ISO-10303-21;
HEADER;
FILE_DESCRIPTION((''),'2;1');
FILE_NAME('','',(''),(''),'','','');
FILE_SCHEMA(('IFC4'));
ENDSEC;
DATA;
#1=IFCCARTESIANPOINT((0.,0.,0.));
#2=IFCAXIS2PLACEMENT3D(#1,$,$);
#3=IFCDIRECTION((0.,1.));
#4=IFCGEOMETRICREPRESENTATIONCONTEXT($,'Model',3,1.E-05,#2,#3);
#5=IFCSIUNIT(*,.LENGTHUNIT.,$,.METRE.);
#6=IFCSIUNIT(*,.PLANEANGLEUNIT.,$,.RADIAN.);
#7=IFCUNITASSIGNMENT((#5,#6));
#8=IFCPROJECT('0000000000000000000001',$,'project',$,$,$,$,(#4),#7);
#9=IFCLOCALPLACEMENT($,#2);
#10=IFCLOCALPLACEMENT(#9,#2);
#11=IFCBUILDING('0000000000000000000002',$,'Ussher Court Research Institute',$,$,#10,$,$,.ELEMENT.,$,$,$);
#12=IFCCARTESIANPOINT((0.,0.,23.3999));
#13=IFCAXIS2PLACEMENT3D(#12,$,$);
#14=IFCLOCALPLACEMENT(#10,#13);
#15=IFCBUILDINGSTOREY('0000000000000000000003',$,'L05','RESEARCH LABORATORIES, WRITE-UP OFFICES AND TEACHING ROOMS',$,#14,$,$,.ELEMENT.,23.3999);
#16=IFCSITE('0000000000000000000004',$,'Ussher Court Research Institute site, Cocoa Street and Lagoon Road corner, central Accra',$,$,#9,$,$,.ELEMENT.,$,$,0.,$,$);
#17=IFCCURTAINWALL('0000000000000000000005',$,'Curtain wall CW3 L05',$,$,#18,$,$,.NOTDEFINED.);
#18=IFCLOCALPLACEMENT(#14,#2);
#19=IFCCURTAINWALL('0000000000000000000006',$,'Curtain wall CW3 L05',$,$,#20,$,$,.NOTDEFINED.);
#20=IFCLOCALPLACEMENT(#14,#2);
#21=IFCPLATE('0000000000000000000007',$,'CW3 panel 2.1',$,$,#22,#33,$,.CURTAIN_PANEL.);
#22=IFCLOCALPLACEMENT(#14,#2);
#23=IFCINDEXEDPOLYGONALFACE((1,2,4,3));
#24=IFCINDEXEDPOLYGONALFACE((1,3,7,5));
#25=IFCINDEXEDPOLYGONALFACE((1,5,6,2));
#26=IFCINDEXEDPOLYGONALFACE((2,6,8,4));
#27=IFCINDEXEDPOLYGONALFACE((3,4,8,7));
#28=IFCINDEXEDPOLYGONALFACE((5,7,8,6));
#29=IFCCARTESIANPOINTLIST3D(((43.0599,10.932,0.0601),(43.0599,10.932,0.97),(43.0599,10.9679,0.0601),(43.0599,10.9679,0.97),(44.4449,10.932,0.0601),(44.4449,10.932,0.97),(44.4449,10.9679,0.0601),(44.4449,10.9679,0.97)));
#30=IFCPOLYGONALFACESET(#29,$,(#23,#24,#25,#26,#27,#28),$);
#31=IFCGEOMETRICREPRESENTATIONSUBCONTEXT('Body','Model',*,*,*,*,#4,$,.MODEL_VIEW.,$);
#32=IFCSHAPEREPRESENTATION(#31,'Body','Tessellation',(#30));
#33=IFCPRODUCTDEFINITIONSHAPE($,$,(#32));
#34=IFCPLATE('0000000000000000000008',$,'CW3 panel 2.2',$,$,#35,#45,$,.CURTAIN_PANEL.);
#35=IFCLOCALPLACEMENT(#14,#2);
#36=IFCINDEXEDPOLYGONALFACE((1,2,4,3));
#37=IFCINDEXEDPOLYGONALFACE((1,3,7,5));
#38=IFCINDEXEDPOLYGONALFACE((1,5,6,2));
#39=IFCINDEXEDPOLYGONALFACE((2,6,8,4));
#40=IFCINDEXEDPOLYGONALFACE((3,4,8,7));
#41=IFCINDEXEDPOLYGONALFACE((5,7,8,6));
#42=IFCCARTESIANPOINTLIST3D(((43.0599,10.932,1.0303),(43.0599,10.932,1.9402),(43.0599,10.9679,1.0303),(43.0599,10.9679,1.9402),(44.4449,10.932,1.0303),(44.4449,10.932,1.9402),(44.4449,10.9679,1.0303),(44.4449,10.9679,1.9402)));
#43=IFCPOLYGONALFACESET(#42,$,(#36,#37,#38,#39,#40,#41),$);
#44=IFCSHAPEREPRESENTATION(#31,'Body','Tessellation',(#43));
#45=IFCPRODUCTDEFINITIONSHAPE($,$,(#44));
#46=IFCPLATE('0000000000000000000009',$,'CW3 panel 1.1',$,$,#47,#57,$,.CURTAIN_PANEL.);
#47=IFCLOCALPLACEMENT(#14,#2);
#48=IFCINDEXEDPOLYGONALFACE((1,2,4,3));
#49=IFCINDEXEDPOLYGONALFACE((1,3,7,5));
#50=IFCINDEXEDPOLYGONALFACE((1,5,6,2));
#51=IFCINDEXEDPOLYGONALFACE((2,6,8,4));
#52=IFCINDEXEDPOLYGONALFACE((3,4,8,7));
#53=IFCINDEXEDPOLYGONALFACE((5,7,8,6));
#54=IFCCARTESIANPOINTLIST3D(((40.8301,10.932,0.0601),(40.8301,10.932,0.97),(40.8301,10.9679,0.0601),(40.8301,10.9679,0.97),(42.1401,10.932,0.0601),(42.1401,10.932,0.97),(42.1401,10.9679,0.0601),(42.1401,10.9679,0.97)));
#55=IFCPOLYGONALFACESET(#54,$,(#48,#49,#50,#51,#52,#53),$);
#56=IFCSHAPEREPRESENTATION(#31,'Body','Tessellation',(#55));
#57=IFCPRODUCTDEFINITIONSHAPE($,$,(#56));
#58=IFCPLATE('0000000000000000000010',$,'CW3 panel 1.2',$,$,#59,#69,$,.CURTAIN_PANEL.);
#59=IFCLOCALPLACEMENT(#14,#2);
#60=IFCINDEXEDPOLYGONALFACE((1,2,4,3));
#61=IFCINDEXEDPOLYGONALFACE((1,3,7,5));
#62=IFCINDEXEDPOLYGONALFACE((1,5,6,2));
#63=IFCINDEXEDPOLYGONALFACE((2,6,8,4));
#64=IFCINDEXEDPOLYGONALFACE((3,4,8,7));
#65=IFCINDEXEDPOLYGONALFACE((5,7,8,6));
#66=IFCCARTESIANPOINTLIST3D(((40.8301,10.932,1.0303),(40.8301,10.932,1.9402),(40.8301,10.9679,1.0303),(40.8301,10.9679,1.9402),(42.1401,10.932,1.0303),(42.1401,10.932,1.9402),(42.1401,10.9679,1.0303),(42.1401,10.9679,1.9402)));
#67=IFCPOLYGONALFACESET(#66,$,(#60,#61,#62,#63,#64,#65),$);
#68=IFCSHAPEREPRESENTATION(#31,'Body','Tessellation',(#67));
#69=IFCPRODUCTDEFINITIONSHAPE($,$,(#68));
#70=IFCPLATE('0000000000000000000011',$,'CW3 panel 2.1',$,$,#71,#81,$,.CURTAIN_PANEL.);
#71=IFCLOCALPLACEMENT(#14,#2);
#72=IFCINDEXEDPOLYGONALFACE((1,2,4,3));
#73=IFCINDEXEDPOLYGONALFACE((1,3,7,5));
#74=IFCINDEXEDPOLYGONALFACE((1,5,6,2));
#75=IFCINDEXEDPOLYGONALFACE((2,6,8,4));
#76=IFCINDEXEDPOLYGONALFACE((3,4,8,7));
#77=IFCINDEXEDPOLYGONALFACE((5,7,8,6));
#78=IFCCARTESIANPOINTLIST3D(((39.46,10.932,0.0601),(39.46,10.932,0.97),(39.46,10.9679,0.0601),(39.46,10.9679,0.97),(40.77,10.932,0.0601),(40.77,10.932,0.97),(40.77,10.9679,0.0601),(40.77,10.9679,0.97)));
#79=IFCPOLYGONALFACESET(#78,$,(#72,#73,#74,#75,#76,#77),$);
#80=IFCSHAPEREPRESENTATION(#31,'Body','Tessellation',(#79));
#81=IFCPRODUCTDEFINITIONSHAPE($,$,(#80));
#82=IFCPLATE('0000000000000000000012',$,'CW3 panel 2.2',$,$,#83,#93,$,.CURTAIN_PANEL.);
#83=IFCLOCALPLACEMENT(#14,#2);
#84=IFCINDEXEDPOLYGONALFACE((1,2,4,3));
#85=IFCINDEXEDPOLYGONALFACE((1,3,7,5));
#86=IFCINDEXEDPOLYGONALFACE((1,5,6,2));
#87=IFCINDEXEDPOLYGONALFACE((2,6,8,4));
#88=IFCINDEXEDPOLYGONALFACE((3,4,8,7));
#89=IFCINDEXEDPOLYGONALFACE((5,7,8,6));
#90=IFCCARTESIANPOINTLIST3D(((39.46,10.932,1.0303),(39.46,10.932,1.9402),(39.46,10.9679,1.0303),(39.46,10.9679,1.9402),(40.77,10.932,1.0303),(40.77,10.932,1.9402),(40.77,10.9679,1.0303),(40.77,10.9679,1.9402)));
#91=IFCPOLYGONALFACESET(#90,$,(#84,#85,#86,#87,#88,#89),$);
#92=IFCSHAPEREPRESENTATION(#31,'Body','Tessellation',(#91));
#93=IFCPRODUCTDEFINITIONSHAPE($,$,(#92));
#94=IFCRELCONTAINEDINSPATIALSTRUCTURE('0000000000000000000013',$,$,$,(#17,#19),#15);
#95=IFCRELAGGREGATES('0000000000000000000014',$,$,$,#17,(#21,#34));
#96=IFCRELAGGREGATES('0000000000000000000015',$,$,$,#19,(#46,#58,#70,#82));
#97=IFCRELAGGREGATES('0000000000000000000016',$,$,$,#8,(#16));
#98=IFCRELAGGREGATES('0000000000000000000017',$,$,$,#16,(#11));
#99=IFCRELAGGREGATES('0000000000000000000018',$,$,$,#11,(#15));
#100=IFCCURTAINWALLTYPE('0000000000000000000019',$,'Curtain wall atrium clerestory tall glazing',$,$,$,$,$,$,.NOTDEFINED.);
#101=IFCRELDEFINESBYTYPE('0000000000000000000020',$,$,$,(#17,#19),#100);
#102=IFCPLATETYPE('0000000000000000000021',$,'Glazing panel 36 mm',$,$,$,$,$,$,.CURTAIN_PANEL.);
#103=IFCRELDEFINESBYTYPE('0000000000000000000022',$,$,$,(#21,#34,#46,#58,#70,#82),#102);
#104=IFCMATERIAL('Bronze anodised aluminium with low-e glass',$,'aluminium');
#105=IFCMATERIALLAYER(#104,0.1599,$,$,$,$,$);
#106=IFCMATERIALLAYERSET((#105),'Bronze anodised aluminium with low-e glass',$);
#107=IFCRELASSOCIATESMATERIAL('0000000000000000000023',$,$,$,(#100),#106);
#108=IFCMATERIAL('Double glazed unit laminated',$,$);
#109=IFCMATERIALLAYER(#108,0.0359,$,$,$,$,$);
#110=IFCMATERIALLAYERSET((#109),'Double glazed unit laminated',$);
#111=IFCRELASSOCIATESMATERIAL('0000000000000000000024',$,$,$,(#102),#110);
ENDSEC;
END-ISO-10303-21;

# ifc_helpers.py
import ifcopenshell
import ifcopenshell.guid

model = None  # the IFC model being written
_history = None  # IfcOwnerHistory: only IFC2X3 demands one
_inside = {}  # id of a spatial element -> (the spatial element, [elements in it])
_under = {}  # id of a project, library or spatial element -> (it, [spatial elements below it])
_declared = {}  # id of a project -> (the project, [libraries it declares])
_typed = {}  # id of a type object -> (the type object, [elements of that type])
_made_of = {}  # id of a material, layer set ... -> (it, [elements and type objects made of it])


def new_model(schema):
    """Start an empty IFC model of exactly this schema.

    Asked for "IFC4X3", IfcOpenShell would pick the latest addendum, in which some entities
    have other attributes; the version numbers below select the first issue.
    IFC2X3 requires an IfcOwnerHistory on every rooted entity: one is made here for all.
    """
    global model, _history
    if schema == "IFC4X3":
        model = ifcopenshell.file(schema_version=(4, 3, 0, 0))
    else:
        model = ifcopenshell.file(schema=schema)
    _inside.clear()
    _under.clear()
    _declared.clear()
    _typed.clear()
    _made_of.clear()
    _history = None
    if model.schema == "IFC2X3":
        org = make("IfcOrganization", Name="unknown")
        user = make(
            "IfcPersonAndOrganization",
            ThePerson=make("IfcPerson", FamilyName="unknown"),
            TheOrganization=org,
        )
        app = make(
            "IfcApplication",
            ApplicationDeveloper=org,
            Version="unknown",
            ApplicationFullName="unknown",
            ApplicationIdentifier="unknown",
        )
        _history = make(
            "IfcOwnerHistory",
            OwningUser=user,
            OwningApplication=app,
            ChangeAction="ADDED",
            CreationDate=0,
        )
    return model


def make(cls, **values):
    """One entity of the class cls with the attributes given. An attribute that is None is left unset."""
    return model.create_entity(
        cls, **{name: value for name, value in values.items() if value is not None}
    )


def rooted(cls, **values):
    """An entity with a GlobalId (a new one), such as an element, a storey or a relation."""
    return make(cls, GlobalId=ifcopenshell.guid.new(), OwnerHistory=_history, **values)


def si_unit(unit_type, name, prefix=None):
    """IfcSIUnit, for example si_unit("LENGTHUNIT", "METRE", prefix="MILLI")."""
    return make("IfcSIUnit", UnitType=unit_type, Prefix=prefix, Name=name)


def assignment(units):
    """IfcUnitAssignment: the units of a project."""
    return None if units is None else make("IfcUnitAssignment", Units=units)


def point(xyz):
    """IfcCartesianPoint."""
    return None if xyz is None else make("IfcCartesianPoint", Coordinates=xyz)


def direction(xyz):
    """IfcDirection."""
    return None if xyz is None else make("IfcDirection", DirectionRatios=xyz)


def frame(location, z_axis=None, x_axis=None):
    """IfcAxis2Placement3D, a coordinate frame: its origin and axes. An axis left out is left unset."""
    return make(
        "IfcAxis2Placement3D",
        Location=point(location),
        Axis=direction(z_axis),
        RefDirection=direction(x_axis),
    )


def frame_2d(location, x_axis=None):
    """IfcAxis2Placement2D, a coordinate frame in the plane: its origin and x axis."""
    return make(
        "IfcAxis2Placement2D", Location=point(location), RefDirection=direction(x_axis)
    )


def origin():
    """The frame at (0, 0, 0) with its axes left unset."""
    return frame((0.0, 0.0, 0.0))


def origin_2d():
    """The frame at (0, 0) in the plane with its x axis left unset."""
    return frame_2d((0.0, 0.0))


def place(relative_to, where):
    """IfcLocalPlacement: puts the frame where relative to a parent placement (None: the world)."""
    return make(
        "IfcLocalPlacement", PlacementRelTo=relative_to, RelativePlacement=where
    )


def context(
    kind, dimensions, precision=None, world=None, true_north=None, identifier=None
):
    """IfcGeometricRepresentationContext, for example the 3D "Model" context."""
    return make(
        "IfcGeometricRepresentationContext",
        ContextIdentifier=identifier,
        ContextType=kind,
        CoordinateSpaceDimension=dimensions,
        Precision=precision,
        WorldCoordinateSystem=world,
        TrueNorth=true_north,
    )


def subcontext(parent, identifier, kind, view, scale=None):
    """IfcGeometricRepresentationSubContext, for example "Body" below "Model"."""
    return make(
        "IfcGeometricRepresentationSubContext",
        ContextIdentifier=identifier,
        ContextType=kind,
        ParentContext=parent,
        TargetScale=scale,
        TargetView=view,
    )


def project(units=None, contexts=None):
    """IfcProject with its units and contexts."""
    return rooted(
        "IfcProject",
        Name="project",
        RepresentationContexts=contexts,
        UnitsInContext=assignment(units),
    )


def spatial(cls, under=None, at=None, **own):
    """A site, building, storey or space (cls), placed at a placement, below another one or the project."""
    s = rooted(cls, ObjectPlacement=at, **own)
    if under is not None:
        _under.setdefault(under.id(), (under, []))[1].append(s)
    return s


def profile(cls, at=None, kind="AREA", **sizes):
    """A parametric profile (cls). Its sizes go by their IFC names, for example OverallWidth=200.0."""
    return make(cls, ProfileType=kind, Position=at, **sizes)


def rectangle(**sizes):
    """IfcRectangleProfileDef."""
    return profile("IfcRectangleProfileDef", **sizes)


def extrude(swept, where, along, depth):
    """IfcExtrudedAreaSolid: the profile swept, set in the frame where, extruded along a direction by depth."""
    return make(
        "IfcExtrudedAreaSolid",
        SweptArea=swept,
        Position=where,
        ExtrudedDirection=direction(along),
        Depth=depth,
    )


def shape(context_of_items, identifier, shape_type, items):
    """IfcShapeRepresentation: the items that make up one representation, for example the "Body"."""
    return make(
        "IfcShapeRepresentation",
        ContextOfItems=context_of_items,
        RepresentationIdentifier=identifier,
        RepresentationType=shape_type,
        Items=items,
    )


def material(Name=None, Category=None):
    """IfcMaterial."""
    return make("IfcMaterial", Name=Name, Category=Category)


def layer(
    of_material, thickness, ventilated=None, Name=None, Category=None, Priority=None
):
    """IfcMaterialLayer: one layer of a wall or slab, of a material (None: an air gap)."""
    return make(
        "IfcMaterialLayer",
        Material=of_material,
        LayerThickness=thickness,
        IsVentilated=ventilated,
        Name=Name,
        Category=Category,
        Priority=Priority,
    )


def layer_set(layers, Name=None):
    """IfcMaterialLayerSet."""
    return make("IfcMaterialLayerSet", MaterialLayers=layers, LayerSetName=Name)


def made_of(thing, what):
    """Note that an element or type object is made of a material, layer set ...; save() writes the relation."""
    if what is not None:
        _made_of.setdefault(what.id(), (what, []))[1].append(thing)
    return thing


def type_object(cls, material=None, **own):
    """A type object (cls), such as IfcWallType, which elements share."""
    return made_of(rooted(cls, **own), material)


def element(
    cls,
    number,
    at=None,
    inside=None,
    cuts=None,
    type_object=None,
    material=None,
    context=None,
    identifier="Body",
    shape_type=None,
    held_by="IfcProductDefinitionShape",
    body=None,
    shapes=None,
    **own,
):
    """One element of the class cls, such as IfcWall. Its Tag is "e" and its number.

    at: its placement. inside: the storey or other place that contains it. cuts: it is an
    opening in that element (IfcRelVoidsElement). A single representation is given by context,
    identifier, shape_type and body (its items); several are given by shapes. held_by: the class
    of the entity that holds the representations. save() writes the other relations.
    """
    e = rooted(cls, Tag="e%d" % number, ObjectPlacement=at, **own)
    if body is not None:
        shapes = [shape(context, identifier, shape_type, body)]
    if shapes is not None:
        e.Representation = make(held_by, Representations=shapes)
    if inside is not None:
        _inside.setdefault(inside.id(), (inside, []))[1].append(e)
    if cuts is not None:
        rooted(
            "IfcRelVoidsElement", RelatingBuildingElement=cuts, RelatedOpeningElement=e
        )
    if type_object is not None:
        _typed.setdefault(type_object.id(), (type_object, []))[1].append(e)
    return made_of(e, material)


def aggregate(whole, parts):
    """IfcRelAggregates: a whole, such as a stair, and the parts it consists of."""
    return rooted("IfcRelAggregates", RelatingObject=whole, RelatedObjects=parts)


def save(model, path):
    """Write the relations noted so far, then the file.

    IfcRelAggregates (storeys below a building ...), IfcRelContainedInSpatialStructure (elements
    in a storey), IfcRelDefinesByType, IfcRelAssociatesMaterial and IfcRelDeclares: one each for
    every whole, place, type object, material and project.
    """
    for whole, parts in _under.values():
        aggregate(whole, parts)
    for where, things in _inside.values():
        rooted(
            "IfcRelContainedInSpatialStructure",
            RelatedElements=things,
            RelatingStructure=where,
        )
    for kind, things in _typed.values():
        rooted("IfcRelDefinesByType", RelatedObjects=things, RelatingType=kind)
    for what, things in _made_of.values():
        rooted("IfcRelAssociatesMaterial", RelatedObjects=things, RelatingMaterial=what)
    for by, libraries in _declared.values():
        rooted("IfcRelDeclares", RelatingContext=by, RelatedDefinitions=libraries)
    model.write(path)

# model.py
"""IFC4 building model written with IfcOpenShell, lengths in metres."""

from ifc_helpers import new_model, si_unit, direction, frame, origin, origin_2d, place, context, subcontext, project, spatial, rectangle, extrude, material, layer, layer_set, type_object, element, aggregate, save


model = new_model("IFC4")

# Units and contexts
model_context = context("Model", 3, precision=1e-05, world=origin(), true_north=direction((0.0, 1.0)))
body_context = subcontext(model_context, "Body", "Model", "MODEL_VIEW")
ifc_project = project(units=[si_unit("LENGTHUNIT", "METRE"), si_unit("PLANEANGLEUNIT", "RADIAN")], contexts=[model_context])

# Site, building, storey
site_placement = place(None, origin())
site = spatial("IfcSite", under=ifc_project, at=site_placement, Name="Ussher Court Research Institute site, Cocoa Street and Lagoon Road corner, central Accra", CompositionType="ELEMENT", RefElevation=0.0)
building_placement = place(site_placement, origin())
building = spatial("IfcBuilding", under=site, at=building_placement, Name="Ussher Court Research Institute", CompositionType="ELEMENT")
storey_placement = place(building_placement, frame((0.0, 0.0, 23.3999)))
storey = spatial("IfcBuildingStorey", under=building, at=storey_placement, Name="L05", Description="RESEARCH LABORATORIES, WRITE-UP OFFICES AND TEACHING ROOMS", CompositionType="ELEMENT", Elevation=23.3999)

# Curtain walls
ifc_material_1 = material(Name="Bronze anodised aluminium with low-e glass", Category="aluminium")
ifc_layer_1 = layer(ifc_material_1, 0.1599)
ifc_layer_set_1 = layer_set([ifc_layer_1], Name="Bronze anodised aluminium with low-e glass")
curtain_wall_type = type_object("IfcCurtainWallType", Name="Curtain wall atrium clerestory tall glazing", PredefinedType="NOTDEFINED", material=ifc_layer_set_1)
curtain_wall_1_placement = place(storey_placement, origin())
curtain_wall_1 = element("IfcCurtainWall", 1, at=curtain_wall_1_placement, inside=storey, type_object=curtain_wall_type, Name="Curtain wall CW3 L05", PredefinedType="NOTDEFINED")
curtain_wall_2_placement = place(storey_placement, origin())
curtain_wall_2 = element("IfcCurtainWall", 2, at=curtain_wall_2_placement, inside=storey, type_object=curtain_wall_type, Name="Curtain wall CW3 L05", PredefinedType="NOTDEFINED")

# Plates
ifc_material_2 = material(Name="Double glazed unit laminated")
ifc_layer_2 = layer(ifc_material_2, 0.0359)
ifc_layer_set_2 = layer_set([ifc_layer_2], Name="Double glazed unit laminated")
plate_type = type_object("IfcPlateType", Name="Glazing panel 36 mm", PredefinedType="CURTAIN_PANEL", material=ifc_layer_set_2)
plate_1_placement = place(storey_placement, frame((43.7524, 10.95, 0.0601), z_axis=(0.0, 0.0, 1.0), x_axis=(-1.0, 0.0, 0.0)))
plate_1 = element("IfcPlate", 3, at=plate_1_placement, type_object=plate_type, Name="CW3 panel 2.1", PredefinedType="CURTAIN_PANEL", context=body_context, shape_type="SweptSolid", body=[
    extrude(rectangle(XDim=1.385, YDim=0.0359, at=origin_2d()), origin(), (0.0, 0.0, 1.0), 0.9099),
])
plate_2_placement = place(storey_placement, frame((43.7524, 10.95, 1.0303), z_axis=(0.0, 0.0, 1.0), x_axis=(-1.0, 0.0, 0.0)))
plate_2 = element("IfcPlate", 4, at=plate_2_placement, type_object=plate_type, Name="CW3 panel 2.2", PredefinedType="CURTAIN_PANEL", context=body_context, shape_type="SweptSolid", body=[
    extrude(rectangle(XDim=1.385, YDim=0.0359, at=origin_2d()), origin(), (0.0, 0.0, 1.0), 0.9099),
])
aggregate(curtain_wall_1, [plate_1, plate_2])
plate_3_placement = place(storey_placement, frame((41.4851, 10.95, 0.0601), z_axis=(0.0, 0.0, 1.0), x_axis=(-1.0, 0.0, 0.0)))
plate_3 = element("IfcPlate", 5, at=plate_3_placement, type_object=plate_type, Name="CW3 panel 1.1", PredefinedType="CURTAIN_PANEL", context=body_context, shape_type="SweptSolid", body=[
    extrude(rectangle(XDim=1.3101, YDim=0.0359, at=origin_2d()), origin(), (0.0, 0.0, 1.0), 0.9099),
])
plate_4_placement = place(storey_placement, frame((41.4851, 10.95, 1.0303), z_axis=(0.0, 0.0, 1.0), x_axis=(-1.0, 0.0, 0.0)))
plate_4 = element("IfcPlate", 6, at=plate_4_placement, type_object=plate_type, Name="CW3 panel 1.2", PredefinedType="CURTAIN_PANEL", context=body_context, shape_type="SweptSolid", body=[
    extrude(rectangle(XDim=1.3101, YDim=0.0359, at=origin_2d()), origin(), (0.0, 0.0, 1.0), 0.9099),
])
plate_5_placement = place(storey_placement, frame((40.115, 10.95, 0.0601), z_axis=(0.0, 0.0, 1.0), x_axis=(-1.0, 0.0, 0.0)))
plate_5 = element("IfcPlate", 7, at=plate_5_placement, type_object=plate_type, Name="CW3 panel 2.1", PredefinedType="CURTAIN_PANEL", context=body_context, shape_type="SweptSolid", body=[
    extrude(rectangle(XDim=1.3101, YDim=0.0359, at=origin_2d()), origin(), (0.0, 0.0, 1.0), 0.9099),
])
plate_6_placement = place(storey_placement, frame((40.115, 10.95, 1.0303), z_axis=(0.0, 0.0, 1.0), x_axis=(-1.0, 0.0, 0.0)))
plate_6 = element("IfcPlate", 8, at=plate_6_placement, type_object=plate_type, Name="CW3 panel 2.2", PredefinedType="CURTAIN_PANEL", context=body_context, shape_type="SweptSolid", body=[
    extrude(rectangle(XDim=1.3101, YDim=0.0359, at=origin_2d()), origin(), (0.0, 0.0, 1.0), 0.9099),
])
aggregate(curtain_wall_2, [plate_3, plate_4, plate_5, plate_6])

save(model, "model.ifc")
